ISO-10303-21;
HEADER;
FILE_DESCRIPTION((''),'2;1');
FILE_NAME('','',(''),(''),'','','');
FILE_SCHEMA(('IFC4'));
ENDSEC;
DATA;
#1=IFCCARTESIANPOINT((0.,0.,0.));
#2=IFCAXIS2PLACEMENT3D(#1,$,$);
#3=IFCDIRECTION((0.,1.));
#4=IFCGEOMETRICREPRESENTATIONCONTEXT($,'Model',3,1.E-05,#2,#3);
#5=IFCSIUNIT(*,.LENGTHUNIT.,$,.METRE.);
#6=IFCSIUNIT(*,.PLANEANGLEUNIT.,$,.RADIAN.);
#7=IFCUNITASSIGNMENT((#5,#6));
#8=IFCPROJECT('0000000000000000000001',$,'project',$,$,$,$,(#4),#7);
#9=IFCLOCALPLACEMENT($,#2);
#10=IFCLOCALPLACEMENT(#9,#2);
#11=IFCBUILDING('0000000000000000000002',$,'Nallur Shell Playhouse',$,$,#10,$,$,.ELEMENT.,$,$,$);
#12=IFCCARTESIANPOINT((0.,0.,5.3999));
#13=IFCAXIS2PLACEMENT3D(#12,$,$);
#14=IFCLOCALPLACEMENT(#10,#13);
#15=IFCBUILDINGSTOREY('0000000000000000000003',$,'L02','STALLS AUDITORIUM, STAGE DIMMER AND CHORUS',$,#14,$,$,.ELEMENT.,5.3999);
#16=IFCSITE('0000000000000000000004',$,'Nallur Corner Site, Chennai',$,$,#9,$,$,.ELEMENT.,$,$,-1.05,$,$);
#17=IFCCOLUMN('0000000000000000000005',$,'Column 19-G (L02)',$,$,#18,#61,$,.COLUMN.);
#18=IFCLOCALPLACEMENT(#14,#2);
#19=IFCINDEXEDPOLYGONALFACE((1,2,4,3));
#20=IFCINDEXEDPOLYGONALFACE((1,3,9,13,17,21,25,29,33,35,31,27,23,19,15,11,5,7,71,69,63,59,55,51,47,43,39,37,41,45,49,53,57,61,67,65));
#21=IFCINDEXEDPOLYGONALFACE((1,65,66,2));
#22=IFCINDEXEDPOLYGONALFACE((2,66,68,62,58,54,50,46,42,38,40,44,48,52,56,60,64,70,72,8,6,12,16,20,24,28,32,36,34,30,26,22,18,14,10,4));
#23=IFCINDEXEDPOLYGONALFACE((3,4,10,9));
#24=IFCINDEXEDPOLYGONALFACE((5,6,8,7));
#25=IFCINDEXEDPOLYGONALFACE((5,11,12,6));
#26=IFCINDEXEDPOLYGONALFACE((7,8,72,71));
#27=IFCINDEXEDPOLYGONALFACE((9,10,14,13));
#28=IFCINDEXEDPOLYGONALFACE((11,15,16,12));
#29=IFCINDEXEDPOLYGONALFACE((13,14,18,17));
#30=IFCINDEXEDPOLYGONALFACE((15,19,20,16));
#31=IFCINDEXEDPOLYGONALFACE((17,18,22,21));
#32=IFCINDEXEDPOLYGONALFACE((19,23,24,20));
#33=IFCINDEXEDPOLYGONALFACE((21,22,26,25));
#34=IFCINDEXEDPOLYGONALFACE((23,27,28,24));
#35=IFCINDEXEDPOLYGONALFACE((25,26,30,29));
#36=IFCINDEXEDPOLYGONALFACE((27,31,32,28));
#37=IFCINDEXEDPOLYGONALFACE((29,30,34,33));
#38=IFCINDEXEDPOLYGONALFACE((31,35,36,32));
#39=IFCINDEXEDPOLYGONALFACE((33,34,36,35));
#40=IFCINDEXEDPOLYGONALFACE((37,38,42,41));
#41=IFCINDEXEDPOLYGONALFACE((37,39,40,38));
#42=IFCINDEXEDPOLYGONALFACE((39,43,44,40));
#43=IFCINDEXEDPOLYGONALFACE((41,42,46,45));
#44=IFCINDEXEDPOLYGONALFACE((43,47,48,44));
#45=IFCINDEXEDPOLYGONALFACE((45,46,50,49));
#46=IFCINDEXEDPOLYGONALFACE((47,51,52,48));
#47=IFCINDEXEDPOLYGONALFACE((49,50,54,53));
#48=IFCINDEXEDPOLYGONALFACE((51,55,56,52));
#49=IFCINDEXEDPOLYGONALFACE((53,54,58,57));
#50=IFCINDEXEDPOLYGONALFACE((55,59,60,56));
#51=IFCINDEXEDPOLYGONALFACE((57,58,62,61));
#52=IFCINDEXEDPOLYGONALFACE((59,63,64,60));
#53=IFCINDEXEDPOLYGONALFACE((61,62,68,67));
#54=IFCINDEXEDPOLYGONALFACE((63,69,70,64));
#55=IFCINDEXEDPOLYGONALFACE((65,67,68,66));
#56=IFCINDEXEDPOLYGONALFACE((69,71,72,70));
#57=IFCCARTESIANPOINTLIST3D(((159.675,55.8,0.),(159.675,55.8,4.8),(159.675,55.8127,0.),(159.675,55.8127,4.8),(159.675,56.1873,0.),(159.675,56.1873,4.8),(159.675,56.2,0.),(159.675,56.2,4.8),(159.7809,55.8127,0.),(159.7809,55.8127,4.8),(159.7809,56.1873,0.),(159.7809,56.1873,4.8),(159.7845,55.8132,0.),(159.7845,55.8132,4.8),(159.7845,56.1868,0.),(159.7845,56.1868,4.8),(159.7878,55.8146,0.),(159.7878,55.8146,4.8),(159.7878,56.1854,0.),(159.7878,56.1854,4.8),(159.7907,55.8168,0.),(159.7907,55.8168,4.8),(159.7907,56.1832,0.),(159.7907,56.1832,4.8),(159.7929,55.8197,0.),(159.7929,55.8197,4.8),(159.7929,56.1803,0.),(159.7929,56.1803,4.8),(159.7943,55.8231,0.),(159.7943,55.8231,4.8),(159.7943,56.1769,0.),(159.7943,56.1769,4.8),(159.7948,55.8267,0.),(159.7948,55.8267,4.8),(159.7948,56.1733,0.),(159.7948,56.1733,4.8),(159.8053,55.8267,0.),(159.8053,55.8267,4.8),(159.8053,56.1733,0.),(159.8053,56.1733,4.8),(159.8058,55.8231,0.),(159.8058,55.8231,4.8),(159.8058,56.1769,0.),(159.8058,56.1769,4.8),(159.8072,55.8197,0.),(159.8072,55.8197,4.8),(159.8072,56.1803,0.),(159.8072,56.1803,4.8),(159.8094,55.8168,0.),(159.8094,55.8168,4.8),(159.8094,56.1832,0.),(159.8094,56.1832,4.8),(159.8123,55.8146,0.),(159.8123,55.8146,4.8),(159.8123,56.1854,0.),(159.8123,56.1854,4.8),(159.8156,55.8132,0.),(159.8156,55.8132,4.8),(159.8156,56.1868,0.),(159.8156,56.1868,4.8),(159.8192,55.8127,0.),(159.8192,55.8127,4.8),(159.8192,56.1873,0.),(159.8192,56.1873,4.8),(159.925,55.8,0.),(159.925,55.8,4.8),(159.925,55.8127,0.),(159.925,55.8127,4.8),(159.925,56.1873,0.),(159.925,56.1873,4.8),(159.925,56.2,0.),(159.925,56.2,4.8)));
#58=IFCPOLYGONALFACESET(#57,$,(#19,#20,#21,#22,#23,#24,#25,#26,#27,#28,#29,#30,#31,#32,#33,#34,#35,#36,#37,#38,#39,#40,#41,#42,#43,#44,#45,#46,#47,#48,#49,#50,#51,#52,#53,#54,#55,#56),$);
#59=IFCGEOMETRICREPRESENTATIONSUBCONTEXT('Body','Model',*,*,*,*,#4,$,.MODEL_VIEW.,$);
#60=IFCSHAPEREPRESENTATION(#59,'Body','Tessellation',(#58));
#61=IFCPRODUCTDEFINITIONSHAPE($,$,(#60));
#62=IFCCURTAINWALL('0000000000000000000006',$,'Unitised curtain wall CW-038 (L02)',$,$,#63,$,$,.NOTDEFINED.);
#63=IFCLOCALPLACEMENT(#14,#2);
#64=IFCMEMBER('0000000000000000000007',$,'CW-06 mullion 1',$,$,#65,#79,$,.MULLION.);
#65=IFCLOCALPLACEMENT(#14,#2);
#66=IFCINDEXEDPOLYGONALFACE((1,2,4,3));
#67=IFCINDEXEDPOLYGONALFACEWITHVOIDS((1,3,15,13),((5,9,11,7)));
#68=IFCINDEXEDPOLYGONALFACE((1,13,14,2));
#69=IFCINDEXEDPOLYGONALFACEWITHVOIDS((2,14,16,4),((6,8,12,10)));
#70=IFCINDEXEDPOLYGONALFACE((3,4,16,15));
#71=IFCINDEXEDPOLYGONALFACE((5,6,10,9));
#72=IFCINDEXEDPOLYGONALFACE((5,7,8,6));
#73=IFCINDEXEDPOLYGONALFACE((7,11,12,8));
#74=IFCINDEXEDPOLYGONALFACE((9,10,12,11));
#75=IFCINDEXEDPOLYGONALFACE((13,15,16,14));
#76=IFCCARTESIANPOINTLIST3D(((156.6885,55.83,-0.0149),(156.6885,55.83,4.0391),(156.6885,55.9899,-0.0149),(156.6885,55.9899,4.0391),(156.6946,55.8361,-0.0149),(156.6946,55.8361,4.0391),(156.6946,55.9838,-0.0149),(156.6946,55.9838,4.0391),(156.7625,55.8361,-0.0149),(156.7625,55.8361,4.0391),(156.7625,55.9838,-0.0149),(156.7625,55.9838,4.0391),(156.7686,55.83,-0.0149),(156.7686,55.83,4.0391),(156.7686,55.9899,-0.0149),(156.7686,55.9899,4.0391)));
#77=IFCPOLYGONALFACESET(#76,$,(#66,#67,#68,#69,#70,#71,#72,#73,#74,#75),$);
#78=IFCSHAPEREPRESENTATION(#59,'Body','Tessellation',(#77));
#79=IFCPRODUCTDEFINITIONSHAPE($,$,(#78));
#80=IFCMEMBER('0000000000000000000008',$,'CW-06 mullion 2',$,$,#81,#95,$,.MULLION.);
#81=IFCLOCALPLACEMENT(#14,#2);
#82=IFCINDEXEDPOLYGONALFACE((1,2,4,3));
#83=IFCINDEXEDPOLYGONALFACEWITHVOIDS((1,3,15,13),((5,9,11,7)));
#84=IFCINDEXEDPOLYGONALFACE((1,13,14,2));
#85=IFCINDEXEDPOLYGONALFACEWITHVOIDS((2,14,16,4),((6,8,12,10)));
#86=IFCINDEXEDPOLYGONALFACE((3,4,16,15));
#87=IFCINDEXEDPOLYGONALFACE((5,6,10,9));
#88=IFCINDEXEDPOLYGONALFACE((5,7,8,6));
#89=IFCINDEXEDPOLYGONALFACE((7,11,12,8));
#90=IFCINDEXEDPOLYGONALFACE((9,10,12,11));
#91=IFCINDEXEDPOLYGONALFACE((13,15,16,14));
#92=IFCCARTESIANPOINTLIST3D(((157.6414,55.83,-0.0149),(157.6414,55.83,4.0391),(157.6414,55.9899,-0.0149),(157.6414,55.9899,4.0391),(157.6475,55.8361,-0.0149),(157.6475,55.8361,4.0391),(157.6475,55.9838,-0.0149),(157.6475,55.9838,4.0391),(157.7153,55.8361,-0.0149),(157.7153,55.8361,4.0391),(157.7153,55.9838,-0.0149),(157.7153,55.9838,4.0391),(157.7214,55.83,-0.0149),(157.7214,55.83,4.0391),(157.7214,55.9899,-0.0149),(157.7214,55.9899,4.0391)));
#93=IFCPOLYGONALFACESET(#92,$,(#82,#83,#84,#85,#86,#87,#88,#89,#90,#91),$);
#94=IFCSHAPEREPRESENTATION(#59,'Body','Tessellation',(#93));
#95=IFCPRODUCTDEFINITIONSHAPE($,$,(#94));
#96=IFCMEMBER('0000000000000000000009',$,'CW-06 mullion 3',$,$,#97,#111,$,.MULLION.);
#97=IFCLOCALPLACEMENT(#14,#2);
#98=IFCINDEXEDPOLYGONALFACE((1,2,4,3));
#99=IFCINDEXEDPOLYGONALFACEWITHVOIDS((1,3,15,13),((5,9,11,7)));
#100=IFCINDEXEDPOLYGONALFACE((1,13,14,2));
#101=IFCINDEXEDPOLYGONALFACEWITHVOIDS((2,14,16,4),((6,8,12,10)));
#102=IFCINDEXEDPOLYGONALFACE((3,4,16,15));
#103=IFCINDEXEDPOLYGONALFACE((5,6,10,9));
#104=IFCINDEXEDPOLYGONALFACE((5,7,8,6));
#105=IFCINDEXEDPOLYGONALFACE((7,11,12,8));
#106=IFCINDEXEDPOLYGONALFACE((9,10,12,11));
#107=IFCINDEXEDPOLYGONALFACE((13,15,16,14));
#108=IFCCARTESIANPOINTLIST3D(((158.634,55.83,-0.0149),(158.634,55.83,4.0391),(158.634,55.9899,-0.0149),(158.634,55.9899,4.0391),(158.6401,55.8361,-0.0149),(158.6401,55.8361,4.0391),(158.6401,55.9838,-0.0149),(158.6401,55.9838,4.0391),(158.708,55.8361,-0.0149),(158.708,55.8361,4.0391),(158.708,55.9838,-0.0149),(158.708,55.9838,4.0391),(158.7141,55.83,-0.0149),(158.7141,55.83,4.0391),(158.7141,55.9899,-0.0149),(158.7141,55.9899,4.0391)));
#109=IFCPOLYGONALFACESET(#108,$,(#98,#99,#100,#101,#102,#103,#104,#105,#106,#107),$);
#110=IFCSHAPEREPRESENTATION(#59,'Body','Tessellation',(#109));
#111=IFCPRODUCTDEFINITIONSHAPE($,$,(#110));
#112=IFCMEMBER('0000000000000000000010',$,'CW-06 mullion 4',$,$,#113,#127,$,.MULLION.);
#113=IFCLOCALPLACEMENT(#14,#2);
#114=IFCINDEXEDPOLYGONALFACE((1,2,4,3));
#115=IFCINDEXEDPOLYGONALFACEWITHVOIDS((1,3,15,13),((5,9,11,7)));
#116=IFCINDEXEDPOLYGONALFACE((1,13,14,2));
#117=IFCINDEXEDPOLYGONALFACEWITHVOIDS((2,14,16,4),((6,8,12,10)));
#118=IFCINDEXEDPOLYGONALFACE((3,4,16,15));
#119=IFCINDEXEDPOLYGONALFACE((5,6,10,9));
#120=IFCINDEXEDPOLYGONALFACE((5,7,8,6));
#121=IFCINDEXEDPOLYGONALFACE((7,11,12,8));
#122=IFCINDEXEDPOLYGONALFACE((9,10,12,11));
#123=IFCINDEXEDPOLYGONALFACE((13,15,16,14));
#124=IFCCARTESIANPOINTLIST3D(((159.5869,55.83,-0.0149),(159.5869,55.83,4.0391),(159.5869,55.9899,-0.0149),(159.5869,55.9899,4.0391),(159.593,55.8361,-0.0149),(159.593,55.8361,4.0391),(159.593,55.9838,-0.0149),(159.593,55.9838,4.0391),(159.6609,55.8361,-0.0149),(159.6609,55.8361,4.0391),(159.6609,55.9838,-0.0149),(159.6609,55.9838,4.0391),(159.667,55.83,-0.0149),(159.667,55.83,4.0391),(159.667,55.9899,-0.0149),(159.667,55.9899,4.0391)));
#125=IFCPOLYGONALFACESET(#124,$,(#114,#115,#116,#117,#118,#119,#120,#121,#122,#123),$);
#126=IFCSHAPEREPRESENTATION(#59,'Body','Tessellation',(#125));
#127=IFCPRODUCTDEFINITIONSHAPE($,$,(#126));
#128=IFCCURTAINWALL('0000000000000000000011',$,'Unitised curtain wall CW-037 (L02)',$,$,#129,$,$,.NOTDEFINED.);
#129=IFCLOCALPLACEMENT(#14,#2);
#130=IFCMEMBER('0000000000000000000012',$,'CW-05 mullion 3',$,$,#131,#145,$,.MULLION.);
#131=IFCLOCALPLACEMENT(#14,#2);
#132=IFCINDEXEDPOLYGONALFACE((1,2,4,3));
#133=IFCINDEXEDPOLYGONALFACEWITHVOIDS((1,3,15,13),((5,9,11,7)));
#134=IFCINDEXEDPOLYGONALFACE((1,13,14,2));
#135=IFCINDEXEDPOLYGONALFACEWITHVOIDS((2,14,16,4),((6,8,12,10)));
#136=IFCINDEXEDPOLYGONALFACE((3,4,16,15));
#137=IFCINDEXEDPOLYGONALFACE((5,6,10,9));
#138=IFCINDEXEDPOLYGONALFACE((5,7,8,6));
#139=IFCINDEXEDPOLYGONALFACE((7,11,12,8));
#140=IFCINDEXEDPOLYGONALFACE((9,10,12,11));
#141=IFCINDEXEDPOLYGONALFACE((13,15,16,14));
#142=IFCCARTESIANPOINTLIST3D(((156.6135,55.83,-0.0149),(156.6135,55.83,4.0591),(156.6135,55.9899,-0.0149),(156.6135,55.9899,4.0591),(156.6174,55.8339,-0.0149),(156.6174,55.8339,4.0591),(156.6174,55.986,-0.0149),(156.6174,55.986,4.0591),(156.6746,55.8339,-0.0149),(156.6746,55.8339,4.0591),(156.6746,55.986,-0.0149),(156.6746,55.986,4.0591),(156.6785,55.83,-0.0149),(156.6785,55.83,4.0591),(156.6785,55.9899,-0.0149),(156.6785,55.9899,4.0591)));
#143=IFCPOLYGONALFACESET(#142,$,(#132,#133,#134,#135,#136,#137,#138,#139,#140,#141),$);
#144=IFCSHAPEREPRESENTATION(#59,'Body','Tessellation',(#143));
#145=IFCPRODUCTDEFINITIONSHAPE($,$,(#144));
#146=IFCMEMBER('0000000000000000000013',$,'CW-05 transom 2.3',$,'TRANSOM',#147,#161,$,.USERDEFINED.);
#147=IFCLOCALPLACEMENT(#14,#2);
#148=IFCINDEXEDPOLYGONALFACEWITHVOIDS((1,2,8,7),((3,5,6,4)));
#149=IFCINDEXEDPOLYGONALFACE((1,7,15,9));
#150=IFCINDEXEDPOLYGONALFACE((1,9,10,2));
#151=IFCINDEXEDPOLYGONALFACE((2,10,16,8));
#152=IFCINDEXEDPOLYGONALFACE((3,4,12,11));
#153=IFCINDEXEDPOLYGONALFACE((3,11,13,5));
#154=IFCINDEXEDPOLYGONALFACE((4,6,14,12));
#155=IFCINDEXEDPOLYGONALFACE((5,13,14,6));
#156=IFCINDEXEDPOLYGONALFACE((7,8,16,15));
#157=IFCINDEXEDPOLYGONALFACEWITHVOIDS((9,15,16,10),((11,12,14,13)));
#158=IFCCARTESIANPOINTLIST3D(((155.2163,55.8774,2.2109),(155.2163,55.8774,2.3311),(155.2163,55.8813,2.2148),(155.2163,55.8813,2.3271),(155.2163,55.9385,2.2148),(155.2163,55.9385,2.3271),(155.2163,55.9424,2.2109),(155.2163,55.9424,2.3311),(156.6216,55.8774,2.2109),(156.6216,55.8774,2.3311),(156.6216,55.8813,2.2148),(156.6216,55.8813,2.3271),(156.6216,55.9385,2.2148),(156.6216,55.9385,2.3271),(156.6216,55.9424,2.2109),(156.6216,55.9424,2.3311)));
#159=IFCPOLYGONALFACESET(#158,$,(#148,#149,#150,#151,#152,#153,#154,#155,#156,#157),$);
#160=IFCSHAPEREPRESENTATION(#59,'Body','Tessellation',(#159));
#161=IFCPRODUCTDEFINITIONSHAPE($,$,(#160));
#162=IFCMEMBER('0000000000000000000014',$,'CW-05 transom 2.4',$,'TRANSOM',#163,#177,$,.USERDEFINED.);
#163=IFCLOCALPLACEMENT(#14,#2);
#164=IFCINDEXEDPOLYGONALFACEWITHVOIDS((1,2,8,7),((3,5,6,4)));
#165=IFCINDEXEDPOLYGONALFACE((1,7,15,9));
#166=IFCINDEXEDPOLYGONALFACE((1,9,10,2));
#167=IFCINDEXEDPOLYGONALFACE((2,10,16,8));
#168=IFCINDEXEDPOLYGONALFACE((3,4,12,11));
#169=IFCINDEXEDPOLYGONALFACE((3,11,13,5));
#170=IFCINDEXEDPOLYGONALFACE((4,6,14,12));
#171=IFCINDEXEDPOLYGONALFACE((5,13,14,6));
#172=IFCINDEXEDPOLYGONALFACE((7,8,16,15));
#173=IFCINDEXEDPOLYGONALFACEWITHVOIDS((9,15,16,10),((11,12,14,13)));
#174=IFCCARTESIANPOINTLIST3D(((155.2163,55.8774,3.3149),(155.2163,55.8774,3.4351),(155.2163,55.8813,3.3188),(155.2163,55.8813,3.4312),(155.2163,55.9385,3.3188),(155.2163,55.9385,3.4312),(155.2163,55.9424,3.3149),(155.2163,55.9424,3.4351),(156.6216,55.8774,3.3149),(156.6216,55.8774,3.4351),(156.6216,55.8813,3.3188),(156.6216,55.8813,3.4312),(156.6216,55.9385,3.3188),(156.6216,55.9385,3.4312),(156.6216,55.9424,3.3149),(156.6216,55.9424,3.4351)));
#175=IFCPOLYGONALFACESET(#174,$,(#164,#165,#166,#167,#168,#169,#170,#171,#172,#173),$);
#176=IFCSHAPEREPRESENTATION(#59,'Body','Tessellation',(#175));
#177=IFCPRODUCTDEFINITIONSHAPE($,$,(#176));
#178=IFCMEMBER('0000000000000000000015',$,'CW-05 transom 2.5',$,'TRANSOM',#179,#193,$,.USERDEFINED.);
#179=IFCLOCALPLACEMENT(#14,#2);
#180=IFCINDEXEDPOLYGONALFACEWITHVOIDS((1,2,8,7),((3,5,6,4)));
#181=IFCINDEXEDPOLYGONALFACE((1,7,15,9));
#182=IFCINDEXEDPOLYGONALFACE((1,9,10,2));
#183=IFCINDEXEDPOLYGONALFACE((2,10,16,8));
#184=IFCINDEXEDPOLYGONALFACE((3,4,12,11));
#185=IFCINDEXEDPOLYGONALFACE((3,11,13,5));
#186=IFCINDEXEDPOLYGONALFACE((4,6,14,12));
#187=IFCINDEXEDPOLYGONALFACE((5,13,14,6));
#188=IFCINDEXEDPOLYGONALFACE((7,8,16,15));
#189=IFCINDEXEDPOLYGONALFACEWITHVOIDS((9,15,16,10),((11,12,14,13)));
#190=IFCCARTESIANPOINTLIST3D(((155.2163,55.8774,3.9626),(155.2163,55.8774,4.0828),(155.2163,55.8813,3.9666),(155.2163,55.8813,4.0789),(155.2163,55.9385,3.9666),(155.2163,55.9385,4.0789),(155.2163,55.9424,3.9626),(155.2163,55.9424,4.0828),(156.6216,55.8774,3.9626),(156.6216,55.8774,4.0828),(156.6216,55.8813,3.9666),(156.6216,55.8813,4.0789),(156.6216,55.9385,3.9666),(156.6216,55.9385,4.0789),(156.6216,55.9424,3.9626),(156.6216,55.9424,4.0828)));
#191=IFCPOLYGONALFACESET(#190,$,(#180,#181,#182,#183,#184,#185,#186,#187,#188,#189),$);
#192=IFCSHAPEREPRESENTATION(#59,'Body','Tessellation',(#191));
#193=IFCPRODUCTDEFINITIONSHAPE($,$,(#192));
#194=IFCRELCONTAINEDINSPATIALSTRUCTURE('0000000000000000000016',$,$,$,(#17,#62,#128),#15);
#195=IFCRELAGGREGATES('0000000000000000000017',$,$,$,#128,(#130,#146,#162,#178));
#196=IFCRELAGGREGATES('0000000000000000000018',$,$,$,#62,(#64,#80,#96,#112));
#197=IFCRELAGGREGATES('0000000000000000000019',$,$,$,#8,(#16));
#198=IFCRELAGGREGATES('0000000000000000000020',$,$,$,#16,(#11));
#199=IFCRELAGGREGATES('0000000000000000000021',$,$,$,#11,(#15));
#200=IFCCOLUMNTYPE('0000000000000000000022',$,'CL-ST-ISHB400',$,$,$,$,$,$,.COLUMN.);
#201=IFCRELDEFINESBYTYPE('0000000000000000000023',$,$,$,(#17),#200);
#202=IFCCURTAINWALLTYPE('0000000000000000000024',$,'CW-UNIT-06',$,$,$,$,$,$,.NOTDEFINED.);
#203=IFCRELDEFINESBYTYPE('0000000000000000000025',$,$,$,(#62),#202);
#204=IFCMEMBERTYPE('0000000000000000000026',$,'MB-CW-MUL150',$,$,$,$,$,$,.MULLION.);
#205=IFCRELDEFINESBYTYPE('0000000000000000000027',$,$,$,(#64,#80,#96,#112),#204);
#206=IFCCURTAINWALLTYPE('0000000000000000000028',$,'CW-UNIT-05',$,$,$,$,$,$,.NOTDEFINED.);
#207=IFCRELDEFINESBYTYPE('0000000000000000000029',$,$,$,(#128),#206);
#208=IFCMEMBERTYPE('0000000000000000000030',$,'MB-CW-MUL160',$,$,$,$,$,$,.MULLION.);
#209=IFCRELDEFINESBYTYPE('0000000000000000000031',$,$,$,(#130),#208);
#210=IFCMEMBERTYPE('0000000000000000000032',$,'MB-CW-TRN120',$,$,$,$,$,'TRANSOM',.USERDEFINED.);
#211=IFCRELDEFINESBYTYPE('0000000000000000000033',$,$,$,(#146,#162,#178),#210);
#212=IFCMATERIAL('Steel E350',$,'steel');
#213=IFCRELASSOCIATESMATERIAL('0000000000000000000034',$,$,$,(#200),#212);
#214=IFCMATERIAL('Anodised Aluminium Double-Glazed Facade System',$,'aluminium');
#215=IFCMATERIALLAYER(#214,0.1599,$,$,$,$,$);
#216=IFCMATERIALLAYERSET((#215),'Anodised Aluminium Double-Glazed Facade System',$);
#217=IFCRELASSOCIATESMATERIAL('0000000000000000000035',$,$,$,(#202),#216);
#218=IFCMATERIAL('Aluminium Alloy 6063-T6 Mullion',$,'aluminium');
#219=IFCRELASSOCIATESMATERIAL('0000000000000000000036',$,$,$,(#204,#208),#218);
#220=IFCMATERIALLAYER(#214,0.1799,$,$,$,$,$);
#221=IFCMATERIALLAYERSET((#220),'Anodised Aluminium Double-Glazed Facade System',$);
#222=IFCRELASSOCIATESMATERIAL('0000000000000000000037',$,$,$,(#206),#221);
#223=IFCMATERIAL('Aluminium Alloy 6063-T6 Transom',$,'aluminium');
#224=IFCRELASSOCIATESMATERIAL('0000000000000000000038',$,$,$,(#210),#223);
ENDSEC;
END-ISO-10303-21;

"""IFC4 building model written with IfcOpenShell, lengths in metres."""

from ifc_helpers import new_model, si_unit, direction, frame, origin, origin_2d, place, context, subcontext, project, spatial, hollow_rectangle, i_section, extrude, material, layer, layer_set, material_profile, profile_set, type_object, element, aggregate, save


model = new_model("IFC4")

# Units and contexts
model_context = context("Model", 3, precision=1e-05, world=origin(), true_north=direction((0.0, 1.0)))
body_context = subcontext(model_context, "Body", "Model", "MODEL_VIEW")
ifc_project = project(units=[si_unit("LENGTHUNIT", "METRE"), si_unit("PLANEANGLEUNIT", "RADIAN")], contexts=[model_context])

# Site, building, storey
site_placement = place(None, origin())
site = spatial("IfcSite", under=ifc_project, at=site_placement, Name="Nallur Corner Site, Chennai", CompositionType="ELEMENT", RefElevation=-1.05)
building_placement = place(site_placement, origin())
building = spatial("IfcBuilding", under=site, at=building_placement, Name="Nallur Shell Playhouse", CompositionType="ELEMENT")
storey_placement = place(building_placement, frame((0.0, 0.0, 5.3999)))
storey = spatial("IfcBuildingStorey", under=building, at=storey_placement, Name="L02", Description="STALLS AUDITORIUM, STAGE DIMMER AND CHORUS", CompositionType="ELEMENT", Elevation=5.3999)

# Column
ifc_material_1 = material(Name="Steel E350", Category="steel")
ifc_material_profile_1 = material_profile(ifc_material_1, i_section(OverallWidth=0.25, OverallDepth=0.3999, WebThickness=0.0105, FlangeThickness=0.0127, FilletRadius=0.0139, at=origin_2d()), Name="ISHB 400")
ifc_profile_set_1 = profile_set([ifc_material_profile_1], Name="Steel E350")
column_type = type_object("IfcColumnType", Name="CL-ST-ISHB400", PredefinedType="COLUMN", material=ifc_profile_set_1)
column_placement = place(storey_placement, frame((159.8, 56.0, 0.0), z_axis=(0.0, 0.0, 1.0), x_axis=(1.0, 0.0, 0.0)))
element("IfcColumn", 1, at=column_placement, inside=storey, type_object=column_type, Name="Column 19-G (L02)", PredefinedType="COLUMN", context=body_context, shape_type="SweptSolid", body=[
    extrude(i_section(OverallWidth=0.25, OverallDepth=0.3999, WebThickness=0.0105, FlangeThickness=0.0127, FilletRadius=0.0139, at=origin_2d()), origin(), (0.0, 0.0, 1.0), 4.8),
])

# Curtain walls, members
ifc_material_2 = material(Name="Anodised Aluminium Double-Glazed Facade System", Category="aluminium")
ifc_layer_1 = layer(ifc_material_2, 0.1599)
ifc_layer_set_1 = layer_set([ifc_layer_1], Name="Anodised Aluminium Double-Glazed Facade System")
curtain_wall_type_1 = type_object("IfcCurtainWallType", Name="CW-UNIT-06", PredefinedType="NOTDEFINED", material=ifc_layer_set_1)
curtain_wall_1_placement = place(storey_placement, origin())
curtain_wall_1 = element("IfcCurtainWall", 2, at=curtain_wall_1_placement, inside=storey, type_object=curtain_wall_type_1, Name="Unitised curtain wall CW-038 (L02)", PredefinedType="NOTDEFINED")
ifc_material_3 = material(Name="Aluminium Alloy 6063-T6 Mullion", Category="aluminium")
ifc_material_profile_2 = material_profile(ifc_material_3, hollow_rectangle(XDim=0.0801, YDim=0.1599, WallThickness=0.0061, at=origin_2d()), Name="RHS 160x80x6")
ifc_profile_set_2 = profile_set([ifc_material_profile_2], Name="Aluminium Alloy 6063-T6 Mullion")
member_type_1 = type_object("IfcMemberType", Name="MB-CW-MUL150", PredefinedType="MULLION", material=ifc_profile_set_2)
member_1_placement = place(storey_placement, frame((156.7285, 55.9099, -0.0149), z_axis=(0.0, 0.0, 1.0), x_axis=(1.0, 0.0, 0.0)))
member_1 = element("IfcMember", 3, at=member_1_placement, type_object=member_type_1, Name="CW-06 mullion 1", PredefinedType="MULLION", context=body_context, shape_type="SweptSolid", body=[
    extrude(hollow_rectangle(XDim=0.0801, YDim=0.1599, WallThickness=0.0061, at=origin_2d()), origin(), (0.0, 0.0, 1.0), 4.054),
])
member_2_placement = place(storey_placement, frame((157.6814, 55.9099, -0.0149), z_axis=(0.0, 0.0, 1.0), x_axis=(1.0, 0.0, 0.0)))
member_2 = element("IfcMember", 4, at=member_2_placement, type_object=member_type_1, Name="CW-06 mullion 2", PredefinedType="MULLION", context=body_context, shape_type="SweptSolid", body=[
    extrude(hollow_rectangle(XDim=0.0801, YDim=0.1599, WallThickness=0.0061, at=origin_2d()), origin(), (0.0, 0.0, 1.0), 4.054),
])
member_3_placement = place(storey_placement, frame((158.6741, 55.9099, -0.0149), z_axis=(0.0, 0.0, 1.0), x_axis=(1.0, 0.0, 0.0)))
member_3 = element("IfcMember", 5, at=member_3_placement, type_object=member_type_1, Name="CW-06 mullion 3", PredefinedType="MULLION", context=body_context, shape_type="SweptSolid", body=[
    extrude(hollow_rectangle(XDim=0.0801, YDim=0.1599, WallThickness=0.0061, at=origin_2d()), origin(), (0.0, 0.0, 1.0), 4.054),
])
member_4_placement = place(storey_placement, frame((159.627, 55.9099, -0.0149), z_axis=(0.0, 0.0, 1.0), x_axis=(1.0, 0.0, 0.0)))
member_4 = element("IfcMember", 6, at=member_4_placement, type_object=member_type_1, Name="CW-06 mullion 4", PredefinedType="MULLION", context=body_context, shape_type="SweptSolid", body=[
    extrude(hollow_rectangle(XDim=0.0801, YDim=0.1599, WallThickness=0.0061, at=origin_2d()), origin(), (0.0, 0.0, 1.0), 4.054),
])
ifc_layer_2 = layer(ifc_material_2, 0.1799)
ifc_layer_set_2 = layer_set([ifc_layer_2], Name="Anodised Aluminium Double-Glazed Facade System")
curtain_wall_type_2 = type_object("IfcCurtainWallType", Name="CW-UNIT-05", PredefinedType="NOTDEFINED", material=ifc_layer_set_2)
curtain_wall_2_placement = place(storey_placement, origin())
curtain_wall_2 = element("IfcCurtainWall", 7, at=curtain_wall_2_placement, inside=storey, type_object=curtain_wall_type_2, Name="Unitised curtain wall CW-037 (L02)", PredefinedType="NOTDEFINED")
ifc_material_profile_3 = material_profile(ifc_material_3, hollow_rectangle(XDim=0.0649, YDim=0.1599, WallThickness=0.0039, at=origin_2d()), Name="ALU 65x160x4")
ifc_profile_set_3 = profile_set([ifc_material_profile_3], Name="Aluminium Alloy 6063-T6 Mullion")
member_type_2 = type_object("IfcMemberType", Name="MB-CW-MUL160", PredefinedType="MULLION", material=ifc_profile_set_3)
member_5_placement = place(storey_placement, frame((156.646, 55.9099, -0.0149), z_axis=(0.0, 0.0, 1.0), x_axis=(1.0, 0.0, 0.0)))
member_5 = element("IfcMember", 8, at=member_5_placement, type_object=member_type_2, Name="CW-05 mullion 3", PredefinedType="MULLION", context=body_context, shape_type="SweptSolid", body=[
    extrude(hollow_rectangle(XDim=0.0649, YDim=0.1599, WallThickness=0.0039, at=origin_2d()), origin(), (0.0, 0.0, 1.0), 4.074),
])
ifc_material_4 = material(Name="Aluminium Alloy 6063-T6 Transom", Category="aluminium")
ifc_material_profile_4 = material_profile(ifc_material_4, hollow_rectangle(XDim=0.0649, YDim=0.1201, WallThickness=0.0039, at=origin_2d()), Name="ALU 65x120x4")
ifc_profile_set_4 = profile_set([ifc_material_profile_4], Name="Aluminium Alloy 6063-T6 Transom")
member_type_3 = type_object("IfcMemberType", Name="MB-CW-TRN120", ElementType="TRANSOM", PredefinedType="USERDEFINED", material=ifc_profile_set_4)
member_6_placement = place(storey_placement, frame((155.2163, 55.9099, 2.271), z_axis=(1.0, 0.0, 0.0), x_axis=(0.0, 1.0, 0.0)))
member_6 = element("IfcMember", 9, at=member_6_placement, type_object=member_type_3, Name="CW-05 transom 2.3", ObjectType="TRANSOM", PredefinedType="USERDEFINED", context=body_context, shape_type="SweptSolid", body=[
    extrude(hollow_rectangle(XDim=0.0649, YDim=0.1201, WallThickness=0.0039, at=origin_2d()), origin(), (0.0, 0.0, 1.0), 1.4053),
])
member_7_placement = place(storey_placement, frame((155.2163, 55.9099, 3.375), z_axis=(1.0, 0.0, 0.0), x_axis=(0.0, 1.0, 0.0)))
member_7 = element("IfcMember", 10, at=member_7_placement, type_object=member_type_3, Name="CW-05 transom 2.4", ObjectType="TRANSOM", PredefinedType="USERDEFINED", context=body_context, shape_type="SweptSolid", body=[
    extrude(hollow_rectangle(XDim=0.0649, YDim=0.1201, WallThickness=0.0039, at=origin_2d()), origin(), (0.0, 0.0, 1.0), 1.4053),
])
member_8_placement = place(storey_placement, frame((155.2163, 55.9099, 4.0227), z_axis=(1.0, 0.0, 0.0), x_axis=(0.0, 1.0, 0.0)))
member_8 = element("IfcMember", 11, at=member_8_placement, type_object=member_type_3, Name="CW-05 transom 2.5", ObjectType="TRANSOM", PredefinedType="USERDEFINED", context=body_context, shape_type="SweptSolid", body=[
    extrude(hollow_rectangle(XDim=0.0649, YDim=0.1201, WallThickness=0.0039, at=origin_2d()), origin(), (0.0, 0.0, 1.0), 1.4053),
])

aggregate(curtain_wall_2, [member_5, member_6, member_7, member_8])
aggregate(curtain_wall_1, [member_1, member_2, member_3, member_4])

save(model, "model.ifc")
